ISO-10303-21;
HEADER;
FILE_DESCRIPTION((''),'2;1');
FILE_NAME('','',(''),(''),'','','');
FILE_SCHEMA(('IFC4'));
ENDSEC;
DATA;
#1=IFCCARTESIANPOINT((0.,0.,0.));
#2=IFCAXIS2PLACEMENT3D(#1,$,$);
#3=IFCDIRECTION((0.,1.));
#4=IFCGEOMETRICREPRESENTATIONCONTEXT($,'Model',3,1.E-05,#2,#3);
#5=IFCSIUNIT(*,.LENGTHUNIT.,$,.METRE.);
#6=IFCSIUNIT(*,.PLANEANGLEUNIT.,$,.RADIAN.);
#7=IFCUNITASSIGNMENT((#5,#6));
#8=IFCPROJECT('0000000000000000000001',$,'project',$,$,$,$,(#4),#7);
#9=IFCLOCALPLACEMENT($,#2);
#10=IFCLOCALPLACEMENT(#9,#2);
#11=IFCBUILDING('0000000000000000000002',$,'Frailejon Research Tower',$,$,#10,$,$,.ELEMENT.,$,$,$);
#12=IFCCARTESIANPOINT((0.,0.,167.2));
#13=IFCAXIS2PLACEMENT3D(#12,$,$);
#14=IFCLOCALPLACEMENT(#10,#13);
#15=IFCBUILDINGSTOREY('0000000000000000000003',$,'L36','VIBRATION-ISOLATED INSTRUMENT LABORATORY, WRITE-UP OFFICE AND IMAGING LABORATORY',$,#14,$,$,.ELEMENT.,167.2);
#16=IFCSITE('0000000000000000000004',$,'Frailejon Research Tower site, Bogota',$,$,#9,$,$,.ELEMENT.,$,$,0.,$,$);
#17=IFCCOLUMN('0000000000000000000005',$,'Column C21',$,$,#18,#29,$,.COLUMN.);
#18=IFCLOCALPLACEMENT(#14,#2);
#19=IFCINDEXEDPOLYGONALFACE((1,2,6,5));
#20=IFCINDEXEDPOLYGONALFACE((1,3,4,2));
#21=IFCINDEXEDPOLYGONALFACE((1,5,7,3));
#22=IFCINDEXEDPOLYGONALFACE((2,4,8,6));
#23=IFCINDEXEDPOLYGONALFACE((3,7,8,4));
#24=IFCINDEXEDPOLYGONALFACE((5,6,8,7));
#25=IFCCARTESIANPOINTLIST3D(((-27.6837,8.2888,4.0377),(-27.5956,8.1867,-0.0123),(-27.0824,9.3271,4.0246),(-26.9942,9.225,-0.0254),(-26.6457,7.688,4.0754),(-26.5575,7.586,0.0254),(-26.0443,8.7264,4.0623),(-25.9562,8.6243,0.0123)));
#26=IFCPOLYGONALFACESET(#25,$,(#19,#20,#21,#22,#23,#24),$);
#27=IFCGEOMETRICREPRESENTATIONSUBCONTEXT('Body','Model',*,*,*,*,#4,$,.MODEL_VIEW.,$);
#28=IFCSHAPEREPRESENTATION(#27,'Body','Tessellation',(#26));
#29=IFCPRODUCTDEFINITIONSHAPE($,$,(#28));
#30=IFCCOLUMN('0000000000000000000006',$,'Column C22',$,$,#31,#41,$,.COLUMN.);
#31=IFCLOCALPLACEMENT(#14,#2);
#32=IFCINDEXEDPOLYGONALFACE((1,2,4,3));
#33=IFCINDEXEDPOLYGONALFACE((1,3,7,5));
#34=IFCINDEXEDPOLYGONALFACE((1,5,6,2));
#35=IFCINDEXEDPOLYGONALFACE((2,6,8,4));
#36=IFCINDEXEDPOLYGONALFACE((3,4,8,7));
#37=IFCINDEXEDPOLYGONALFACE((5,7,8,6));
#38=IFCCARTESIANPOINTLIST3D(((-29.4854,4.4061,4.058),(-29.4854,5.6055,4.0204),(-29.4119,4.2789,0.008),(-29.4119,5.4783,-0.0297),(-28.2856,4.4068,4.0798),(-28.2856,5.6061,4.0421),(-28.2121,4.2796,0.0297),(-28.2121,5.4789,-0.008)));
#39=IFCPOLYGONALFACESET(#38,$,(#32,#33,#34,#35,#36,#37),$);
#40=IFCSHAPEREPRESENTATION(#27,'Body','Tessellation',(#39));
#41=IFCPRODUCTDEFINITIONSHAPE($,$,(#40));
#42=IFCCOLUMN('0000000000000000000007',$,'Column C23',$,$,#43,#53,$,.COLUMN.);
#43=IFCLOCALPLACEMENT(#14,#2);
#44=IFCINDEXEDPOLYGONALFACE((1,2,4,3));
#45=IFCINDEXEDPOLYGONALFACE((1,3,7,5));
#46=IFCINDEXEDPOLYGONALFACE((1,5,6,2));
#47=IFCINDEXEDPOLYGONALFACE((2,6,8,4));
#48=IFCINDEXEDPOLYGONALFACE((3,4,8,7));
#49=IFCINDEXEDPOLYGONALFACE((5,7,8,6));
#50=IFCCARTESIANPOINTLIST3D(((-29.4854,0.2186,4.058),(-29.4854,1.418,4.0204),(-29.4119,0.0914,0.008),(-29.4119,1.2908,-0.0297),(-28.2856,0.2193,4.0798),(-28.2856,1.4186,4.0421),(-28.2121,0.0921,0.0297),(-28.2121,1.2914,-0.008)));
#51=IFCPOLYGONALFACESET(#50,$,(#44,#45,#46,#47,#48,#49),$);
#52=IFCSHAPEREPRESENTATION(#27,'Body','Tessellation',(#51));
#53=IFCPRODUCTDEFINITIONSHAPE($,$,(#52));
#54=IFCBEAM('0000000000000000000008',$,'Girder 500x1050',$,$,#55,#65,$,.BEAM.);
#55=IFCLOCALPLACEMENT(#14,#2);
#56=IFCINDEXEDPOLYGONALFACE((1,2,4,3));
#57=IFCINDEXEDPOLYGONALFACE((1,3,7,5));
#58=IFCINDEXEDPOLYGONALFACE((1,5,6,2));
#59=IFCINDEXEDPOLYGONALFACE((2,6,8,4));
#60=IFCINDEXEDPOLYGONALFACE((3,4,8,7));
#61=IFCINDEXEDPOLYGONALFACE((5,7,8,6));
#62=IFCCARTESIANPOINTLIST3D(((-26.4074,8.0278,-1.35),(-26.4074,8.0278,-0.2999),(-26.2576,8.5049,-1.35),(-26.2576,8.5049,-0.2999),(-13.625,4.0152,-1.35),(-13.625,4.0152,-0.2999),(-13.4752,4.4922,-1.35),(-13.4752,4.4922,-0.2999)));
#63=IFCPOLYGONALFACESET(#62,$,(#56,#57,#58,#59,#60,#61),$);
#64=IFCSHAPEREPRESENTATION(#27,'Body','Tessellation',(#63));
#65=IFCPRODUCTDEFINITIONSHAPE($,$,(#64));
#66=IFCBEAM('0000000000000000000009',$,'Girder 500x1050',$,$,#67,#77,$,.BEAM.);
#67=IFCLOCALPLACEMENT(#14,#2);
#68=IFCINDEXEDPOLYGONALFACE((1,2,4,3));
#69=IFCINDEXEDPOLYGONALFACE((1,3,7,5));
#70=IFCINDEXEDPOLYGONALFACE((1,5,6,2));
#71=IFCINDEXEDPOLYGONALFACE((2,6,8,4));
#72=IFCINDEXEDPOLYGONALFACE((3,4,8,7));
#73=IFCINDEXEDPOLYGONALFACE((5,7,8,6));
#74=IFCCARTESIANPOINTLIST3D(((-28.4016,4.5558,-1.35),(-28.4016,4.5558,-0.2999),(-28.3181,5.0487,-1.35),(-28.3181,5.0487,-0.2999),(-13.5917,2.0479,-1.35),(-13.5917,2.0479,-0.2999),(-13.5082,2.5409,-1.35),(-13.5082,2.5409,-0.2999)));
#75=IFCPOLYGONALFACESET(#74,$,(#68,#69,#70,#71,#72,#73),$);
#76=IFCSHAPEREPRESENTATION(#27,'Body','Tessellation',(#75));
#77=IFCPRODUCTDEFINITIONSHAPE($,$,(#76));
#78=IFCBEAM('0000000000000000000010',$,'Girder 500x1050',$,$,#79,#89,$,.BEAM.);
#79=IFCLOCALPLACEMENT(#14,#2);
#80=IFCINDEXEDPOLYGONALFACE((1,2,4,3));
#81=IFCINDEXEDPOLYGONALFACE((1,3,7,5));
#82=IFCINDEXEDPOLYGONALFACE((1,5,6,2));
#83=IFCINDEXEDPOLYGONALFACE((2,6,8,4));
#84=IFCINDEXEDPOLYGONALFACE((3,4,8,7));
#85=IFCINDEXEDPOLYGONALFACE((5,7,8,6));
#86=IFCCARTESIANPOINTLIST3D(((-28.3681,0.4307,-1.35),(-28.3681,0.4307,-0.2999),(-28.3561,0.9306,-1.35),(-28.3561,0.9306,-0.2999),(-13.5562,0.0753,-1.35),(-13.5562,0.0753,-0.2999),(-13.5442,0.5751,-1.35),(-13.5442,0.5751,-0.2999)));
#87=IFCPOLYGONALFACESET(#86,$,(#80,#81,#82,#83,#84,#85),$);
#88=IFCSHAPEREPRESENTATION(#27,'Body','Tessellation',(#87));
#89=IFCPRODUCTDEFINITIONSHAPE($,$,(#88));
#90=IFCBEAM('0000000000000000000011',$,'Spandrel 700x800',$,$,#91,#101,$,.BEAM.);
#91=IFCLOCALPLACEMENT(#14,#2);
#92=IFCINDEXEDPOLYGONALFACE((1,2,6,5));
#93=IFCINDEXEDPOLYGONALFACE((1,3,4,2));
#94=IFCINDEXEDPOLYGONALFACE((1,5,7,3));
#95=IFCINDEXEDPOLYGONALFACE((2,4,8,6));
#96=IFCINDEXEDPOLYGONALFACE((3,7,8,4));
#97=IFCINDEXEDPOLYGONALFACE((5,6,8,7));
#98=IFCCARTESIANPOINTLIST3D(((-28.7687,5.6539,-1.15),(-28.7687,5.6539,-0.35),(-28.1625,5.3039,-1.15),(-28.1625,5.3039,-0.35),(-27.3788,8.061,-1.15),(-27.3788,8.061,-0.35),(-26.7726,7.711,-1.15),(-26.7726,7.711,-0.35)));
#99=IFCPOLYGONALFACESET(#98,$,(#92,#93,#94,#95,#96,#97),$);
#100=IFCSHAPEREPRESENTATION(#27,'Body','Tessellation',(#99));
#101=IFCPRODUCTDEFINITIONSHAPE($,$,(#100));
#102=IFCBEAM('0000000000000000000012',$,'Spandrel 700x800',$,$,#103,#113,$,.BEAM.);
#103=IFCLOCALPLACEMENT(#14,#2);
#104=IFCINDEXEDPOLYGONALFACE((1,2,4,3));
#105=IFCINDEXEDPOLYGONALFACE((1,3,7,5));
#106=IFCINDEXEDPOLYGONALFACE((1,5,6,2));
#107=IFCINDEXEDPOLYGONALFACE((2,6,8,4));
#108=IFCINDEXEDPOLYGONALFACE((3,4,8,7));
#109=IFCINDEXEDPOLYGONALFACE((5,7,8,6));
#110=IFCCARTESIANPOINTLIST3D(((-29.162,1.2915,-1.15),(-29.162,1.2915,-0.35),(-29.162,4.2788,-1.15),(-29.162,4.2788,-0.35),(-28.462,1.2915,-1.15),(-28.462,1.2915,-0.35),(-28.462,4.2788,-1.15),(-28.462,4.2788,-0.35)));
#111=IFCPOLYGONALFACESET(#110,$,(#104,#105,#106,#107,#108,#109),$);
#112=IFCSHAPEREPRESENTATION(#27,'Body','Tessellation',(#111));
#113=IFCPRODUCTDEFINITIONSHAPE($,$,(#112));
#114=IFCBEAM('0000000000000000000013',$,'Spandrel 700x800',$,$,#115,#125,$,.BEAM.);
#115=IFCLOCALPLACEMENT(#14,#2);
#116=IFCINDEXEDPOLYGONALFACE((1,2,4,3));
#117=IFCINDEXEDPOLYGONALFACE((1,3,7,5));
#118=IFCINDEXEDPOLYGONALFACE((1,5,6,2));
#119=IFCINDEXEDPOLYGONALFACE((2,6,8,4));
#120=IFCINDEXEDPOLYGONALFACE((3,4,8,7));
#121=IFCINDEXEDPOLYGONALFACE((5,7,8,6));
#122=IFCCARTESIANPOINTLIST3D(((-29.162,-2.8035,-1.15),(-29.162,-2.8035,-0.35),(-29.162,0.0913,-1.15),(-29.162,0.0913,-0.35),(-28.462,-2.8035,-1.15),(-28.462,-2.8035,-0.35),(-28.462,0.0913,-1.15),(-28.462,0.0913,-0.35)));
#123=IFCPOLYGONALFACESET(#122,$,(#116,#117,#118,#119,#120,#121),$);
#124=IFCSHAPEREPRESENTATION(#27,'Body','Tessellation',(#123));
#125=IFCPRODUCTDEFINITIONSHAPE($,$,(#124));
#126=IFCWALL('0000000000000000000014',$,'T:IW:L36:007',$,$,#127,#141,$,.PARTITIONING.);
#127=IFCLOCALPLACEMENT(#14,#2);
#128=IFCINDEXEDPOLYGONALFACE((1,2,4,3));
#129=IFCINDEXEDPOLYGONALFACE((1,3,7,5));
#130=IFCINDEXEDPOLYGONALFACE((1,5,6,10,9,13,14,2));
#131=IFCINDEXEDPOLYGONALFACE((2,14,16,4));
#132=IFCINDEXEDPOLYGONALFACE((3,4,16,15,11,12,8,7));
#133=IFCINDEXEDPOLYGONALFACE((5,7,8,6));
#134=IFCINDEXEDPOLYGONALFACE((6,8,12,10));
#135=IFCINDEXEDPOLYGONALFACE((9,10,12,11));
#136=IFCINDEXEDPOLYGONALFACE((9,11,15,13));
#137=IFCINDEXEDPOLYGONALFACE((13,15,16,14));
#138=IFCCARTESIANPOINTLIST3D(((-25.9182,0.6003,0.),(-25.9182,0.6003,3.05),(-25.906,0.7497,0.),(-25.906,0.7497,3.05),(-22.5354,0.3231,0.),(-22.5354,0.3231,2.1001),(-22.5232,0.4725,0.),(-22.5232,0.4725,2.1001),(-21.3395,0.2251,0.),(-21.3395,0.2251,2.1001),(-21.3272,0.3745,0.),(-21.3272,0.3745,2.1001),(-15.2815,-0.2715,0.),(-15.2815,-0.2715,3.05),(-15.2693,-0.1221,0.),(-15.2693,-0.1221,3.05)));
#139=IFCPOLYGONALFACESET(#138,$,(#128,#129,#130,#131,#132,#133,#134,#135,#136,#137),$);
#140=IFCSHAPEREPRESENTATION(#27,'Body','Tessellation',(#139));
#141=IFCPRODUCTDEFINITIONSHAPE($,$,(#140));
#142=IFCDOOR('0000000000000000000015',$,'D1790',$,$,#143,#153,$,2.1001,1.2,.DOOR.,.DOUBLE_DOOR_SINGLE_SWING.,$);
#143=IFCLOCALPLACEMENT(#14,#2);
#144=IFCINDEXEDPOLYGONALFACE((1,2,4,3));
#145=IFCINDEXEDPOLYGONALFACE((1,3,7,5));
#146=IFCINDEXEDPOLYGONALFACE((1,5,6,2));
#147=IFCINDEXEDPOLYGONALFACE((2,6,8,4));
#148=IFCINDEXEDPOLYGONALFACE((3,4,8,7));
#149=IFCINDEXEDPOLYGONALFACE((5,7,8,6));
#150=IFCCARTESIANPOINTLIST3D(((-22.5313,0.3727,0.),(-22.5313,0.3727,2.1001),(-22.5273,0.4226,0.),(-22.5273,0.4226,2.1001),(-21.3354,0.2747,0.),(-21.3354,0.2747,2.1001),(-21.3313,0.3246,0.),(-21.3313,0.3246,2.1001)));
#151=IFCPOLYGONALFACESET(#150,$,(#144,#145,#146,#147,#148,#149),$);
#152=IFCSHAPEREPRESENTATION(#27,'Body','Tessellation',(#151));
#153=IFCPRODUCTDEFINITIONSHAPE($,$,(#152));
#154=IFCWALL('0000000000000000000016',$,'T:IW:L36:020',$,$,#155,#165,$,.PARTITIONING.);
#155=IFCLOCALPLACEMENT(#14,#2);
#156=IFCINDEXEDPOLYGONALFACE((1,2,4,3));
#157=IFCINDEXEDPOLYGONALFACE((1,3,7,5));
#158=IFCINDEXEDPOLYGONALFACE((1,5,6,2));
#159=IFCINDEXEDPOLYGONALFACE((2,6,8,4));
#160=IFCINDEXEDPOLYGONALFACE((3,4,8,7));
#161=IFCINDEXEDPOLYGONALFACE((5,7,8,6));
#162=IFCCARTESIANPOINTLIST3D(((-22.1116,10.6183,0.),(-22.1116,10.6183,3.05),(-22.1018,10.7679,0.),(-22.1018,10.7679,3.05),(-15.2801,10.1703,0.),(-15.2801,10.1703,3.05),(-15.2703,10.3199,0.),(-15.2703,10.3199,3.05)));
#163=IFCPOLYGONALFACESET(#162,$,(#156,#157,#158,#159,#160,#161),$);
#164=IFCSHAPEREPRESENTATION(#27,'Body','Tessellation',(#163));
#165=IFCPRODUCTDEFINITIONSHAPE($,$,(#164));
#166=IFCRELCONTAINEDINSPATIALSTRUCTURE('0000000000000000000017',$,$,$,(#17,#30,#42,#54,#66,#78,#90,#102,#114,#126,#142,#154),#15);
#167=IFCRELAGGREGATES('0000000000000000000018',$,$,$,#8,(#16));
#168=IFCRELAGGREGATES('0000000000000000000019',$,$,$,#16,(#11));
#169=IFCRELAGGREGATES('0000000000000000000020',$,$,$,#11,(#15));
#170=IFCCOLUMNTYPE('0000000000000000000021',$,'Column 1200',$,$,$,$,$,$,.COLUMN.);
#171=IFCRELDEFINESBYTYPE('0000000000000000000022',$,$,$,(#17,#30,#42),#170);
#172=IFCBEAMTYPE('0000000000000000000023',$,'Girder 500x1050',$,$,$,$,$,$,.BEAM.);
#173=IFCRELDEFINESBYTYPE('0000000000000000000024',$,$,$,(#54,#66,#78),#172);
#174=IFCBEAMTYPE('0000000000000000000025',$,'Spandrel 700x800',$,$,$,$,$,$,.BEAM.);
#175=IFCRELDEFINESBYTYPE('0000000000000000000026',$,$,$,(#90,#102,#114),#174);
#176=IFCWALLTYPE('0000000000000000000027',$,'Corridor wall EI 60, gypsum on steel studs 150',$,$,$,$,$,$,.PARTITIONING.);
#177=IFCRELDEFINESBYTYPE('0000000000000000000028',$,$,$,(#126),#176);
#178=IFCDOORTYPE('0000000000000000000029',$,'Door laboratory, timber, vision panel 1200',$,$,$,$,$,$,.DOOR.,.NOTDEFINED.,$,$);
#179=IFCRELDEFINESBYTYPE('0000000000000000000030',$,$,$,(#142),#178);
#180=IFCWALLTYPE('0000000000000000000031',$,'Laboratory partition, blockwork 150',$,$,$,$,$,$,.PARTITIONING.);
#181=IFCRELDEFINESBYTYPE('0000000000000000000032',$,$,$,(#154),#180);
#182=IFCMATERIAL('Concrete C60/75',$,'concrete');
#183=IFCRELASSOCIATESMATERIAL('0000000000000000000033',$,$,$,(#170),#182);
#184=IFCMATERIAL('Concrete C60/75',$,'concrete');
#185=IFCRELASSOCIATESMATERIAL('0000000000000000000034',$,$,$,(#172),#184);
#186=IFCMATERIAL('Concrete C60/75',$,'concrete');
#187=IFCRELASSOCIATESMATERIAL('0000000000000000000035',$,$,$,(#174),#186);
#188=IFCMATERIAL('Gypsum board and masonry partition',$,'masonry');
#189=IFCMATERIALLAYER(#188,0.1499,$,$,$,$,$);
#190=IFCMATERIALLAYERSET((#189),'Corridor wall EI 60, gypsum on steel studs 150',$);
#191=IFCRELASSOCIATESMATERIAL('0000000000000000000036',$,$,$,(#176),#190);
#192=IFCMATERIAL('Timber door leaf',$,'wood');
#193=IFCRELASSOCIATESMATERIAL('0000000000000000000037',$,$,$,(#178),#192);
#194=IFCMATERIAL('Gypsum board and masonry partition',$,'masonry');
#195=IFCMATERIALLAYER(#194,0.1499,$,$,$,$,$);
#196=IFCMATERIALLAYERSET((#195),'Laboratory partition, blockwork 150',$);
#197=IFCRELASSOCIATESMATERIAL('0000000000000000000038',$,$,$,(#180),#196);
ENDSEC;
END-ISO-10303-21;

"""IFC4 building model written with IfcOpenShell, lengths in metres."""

from ifc_helpers import new_model, si_unit, direction, frame, frame_2d, origin, origin_2d, place, context, subcontext, project, spatial, rectangle, extrude, material, layer, layer_set, material_profile, profile_set, type_object, element, fill, save


model = new_model("IFC4")

# Units and contexts
model_context = context("Model", 3, precision=1e-05, world=origin(), true_north=direction((0.0, 1.0)))
body_context = subcontext(model_context, "Body", "Model", "MODEL_VIEW")
ifc_project = project(units=[si_unit("LENGTHUNIT", "METRE"), si_unit("PLANEANGLEUNIT", "RADIAN")], contexts=[model_context])

# Site, building, storey
site_placement = place(None, origin())
site = spatial("IfcSite", under=ifc_project, at=site_placement, Name="Frailejon Research Tower site, Bogota", CompositionType="ELEMENT", RefElevation=0.0)
building_placement = place(site_placement, origin())
building = spatial("IfcBuilding", under=site, at=building_placement, Name="Frailejon Research Tower", CompositionType="ELEMENT")
storey_placement = place(building_placement, frame((0.0, 0.0, 167.2)))
storey = spatial("IfcBuildingStorey", under=building, at=storey_placement, Name="L36", Description="VIBRATION-ISOLATED INSTRUMENT LABORATORY, WRITE-UP OFFICE AND IMAGING LABORATORY", CompositionType="ELEMENT", Elevation=167.2)

# Columns
ifc_material_1 = material(Name="Concrete C60/75", Category="concrete")
ifc_material_profile_1 = material_profile(ifc_material_1, rectangle(XDim=1.2, YDim=1.2, at=origin_2d()), Name="Column 1200")
ifc_profile_set_1 = profile_set([ifc_material_profile_1], Name="Concrete C60/75")
column_type = type_object("IfcColumnType", Name="Column 1200", PredefinedType="COLUMN", material=ifc_profile_set_1)
column_placement = place(storey_placement, frame((-26.7759, 8.4055, 0.0), z_axis=(-0.021749, 0.025183, 0.999446), x_axis=(-0.501142, -0.865297, 0.010898)))
element("IfcColumn", 1, at=column_placement, inside=storey, type_object=column_type, Name="Column C21", PredefinedType="COLUMN", context=body_context, shape_type="SweptSolid", body=[
    extrude(rectangle(XDim=1.2, YDim=1.2, at=origin_2d()), origin(), (0.0, 0.0, 1.0), 4.0522),
])
for number, where, z_axis, x_axis, name in (
    (2, (-28.812, 4.8789, 0.0), (-0.018133, 0.031386, 0.999343), (-0.000022, -0.999507, 0.03139), "Column C22"),
    (3, (-28.812, 0.6914, 0.0), (-0.018133, 0.031386, 0.999343), (-0.000022, -0.999507, 0.03139), "Column C23"),
):
    element("IfcColumn", number, at=place(storey_placement, frame(where, z_axis=z_axis, x_axis=x_axis)), inside=storey, type_object=column_type, Name=name, PredefinedType="COLUMN", context=body_context, shape_type="SweptSolid", body=[
        extrude(rectangle(XDim=1.2, YDim=1.2, at=origin_2d()), origin(), (0.0, 0.0, 1.0), 4.0527),
    ])

# Beams
ifc_material_2 = material(Name="Concrete C60/75", Category="concrete")
ifc_material_profile_2 = material_profile(ifc_material_2, rectangle(XDim=0.5, YDim=1.05, at=origin_2d()), Name="Girder 500x1050")
ifc_profile_set_2 = profile_set([ifc_material_profile_2], Name="Concrete C60/75")
beam_type_1 = type_object("IfcBeamType", Name="Girder 500x1050", PredefinedType="BEAM", material=ifc_profile_set_2)
beam_1_placement = place(storey_placement, frame((-26.3325, 8.2664, -0.825), z_axis=(0.954093, -0.299511, 0.0), x_axis=(0.299511, 0.954093, 0.0)))
element("IfcBeam", 4, at=beam_1_placement, inside=storey, type_object=beam_type_1, Name="Girder 500x1050", PredefinedType="BEAM", context=body_context, shape_type="SweptSolid", body=[
    extrude(rectangle(XDim=0.5, YDim=1.05, at=origin_2d()), origin(), (0.0, 0.0, 1.0), 13.3975),
])
beam_2_placement = place(storey_placement, frame((-28.3599, 4.8022, -0.825), z_axis=(0.985964, -0.166958, 0.0), x_axis=(0.166958, 0.985964, 0.0)))
element("IfcBeam", 5, at=beam_2_placement, inside=storey, type_object=beam_type_1, Name="Girder 500x1050", PredefinedType="BEAM", context=body_context, shape_type="SweptSolid", body=[
    extrude(rectangle(XDim=0.5, YDim=1.05, at=origin_2d()), origin(), (0.0, 0.0, 1.0), 15.0208),
])
beam_3_placement = place(storey_placement, frame((-28.3621, 0.6807, -0.825), z_axis=(0.999712, -0.023992, 0.0), x_axis=(0.023992, 0.999712, 0.0)))
element("IfcBeam", 6, at=beam_3_placement, inside=storey, type_object=beam_type_1, Name="Girder 500x1050", PredefinedType="BEAM", context=body_context, shape_type="SweptSolid", body=[
    extrude(rectangle(XDim=0.5, YDim=1.05, at=origin_2d()), origin(), (0.0, 0.0, 1.0), 14.8162),
])
ifc_material_3 = material(Name="Concrete C60/75", Category="concrete")
ifc_material_profile_3 = material_profile(ifc_material_3, rectangle(XDim=0.7, YDim=0.8, at=origin_2d()), Name="Spandrel 700x800")
ifc_profile_set_3 = profile_set([ifc_material_profile_3], Name="Concrete C60/75")
beam_type_2 = type_object("IfcBeamType", Name="Spandrel 700x800", PredefinedType="BEAM", material=ifc_profile_set_3)
beam_4_placement = place(storey_placement, frame((-27.0757, 7.886, -0.75), z_axis=(-0.50006, -0.865991, 0.0), x_axis=(0.865991, -0.50006, 0.0)))
element("IfcBeam", 7, at=beam_4_placement, inside=storey, type_object=beam_type_2, Name="Spandrel 700x800", PredefinedType="BEAM", context=body_context, shape_type="SweptSolid", body=[
    extrude(rectangle(XDim=0.7, YDim=0.8, at=origin_2d()), origin(), (0.0, 0.0, 1.0), 2.7795),
])
beam_5_placement = place(storey_placement, frame((-28.812, 4.2788, -0.75), z_axis=(0.0, -1.0, 0.0), x_axis=(1.0, 0.0, 0.0)))
element("IfcBeam", 8, at=beam_5_placement, inside=storey, type_object=beam_type_2, Name="Spandrel 700x800", PredefinedType="BEAM", context=body_context, shape_type="SweptSolid", body=[
    extrude(rectangle(XDim=0.7, YDim=0.8, at=origin_2d()), origin(), (0.0, 0.0, 1.0), 2.9873),
])
beam_6_placement = place(storey_placement, frame((-28.812, 0.0913, -0.75), z_axis=(0.0, -1.0, 0.0), x_axis=(1.0, 0.0, 0.0)))
element("IfcBeam", 9, at=beam_6_placement, inside=storey, type_object=beam_type_2, Name="Spandrel 700x800", PredefinedType="BEAM", context=body_context, shape_type="SweptSolid", body=[
    extrude(rectangle(XDim=0.7, YDim=0.8, at=origin_2d()), origin(), (0.0, 0.0, 1.0), 2.8948),
])

# Wall, opening, door
ifc_material_4 = material(Name="Gypsum board and masonry partition", Category="masonry")
ifc_layer_1 = layer(ifc_material_4, 0.1499)
ifc_layer_set_1 = layer_set([ifc_layer_1], Name="Corridor wall EI 60, gypsum on steel studs 150")
wall_type_1 = type_object("IfcWallType", Name="Corridor wall EI 60, gypsum on steel studs 150", PredefinedType="PARTITIONING", material=ifc_layer_set_1)
wall_1_placement = place(storey_placement, frame((-25.9121, 0.675, 0.0), z_axis=(0.0, 0.0, 1.0), x_axis=(0.996658, -0.08169, 0.0)))
wall_1 = element("IfcWall", 10, at=wall_1_placement, inside=storey, type_object=wall_type_1, Name="T:IW:L36:007", PredefinedType="PARTITIONING", context=body_context, shape_type="SweptSolid", body=[
    extrude(rectangle(XDim=10.6724, YDim=0.1499, at=frame_2d((5.3362, 0.0))), origin(), (0.0, 0.0, 1.0), 3.05),
])
opening_1_placement = place(wall_1_placement, frame((3.394, 0.0, 0.0)))
opening_1 = element("IfcOpeningElement", 11, at=opening_1_placement, cuts=wall_1, PredefinedType="OPENING", context=body_context, shape_type="SweptSolid", body=[
    extrude(rectangle(XDim=1.2, YDim=2.1001, at=frame_2d((0.6001, 1.05))), frame((0.0, 0.085, 0.0), z_axis=(0.0, -1.0, 0.0), x_axis=(1.0, 0.0, 0.0)), (0.0, 0.0, 1.0), 0.1699),
])
ifc_material_5 = material(Name="Timber door leaf", Category="wood")
door_type_1 = type_object("IfcDoorType", Name="Door laboratory, timber, vision panel 1200", OperationType="NOTDEFINED", PredefinedType="DOOR", material=ifc_material_5)
door_1_placement = place(opening_1_placement, origin())
door_1 = element("IfcDoor", 12, at=door_1_placement, inside=storey, type_object=door_type_1, Name="D1790", OperationType="DOUBLE_DOOR_SINGLE_SWING", OverallHeight=2.1001, OverallWidth=1.2, PredefinedType="DOOR", context=body_context, shape_type="SweptSolid", body=[
    extrude(rectangle(XDim=1.2, YDim=2.1001, at=frame_2d((0.6001, 1.05))), frame((0.0, 0.0249, 0.0), z_axis=(0.0, -1.0, 0.0), x_axis=(1.0, 0.0, 0.0)), (0.0, 0.0, 1.0), 0.05),
])
fill(opening_1, door_1)

# Wall
ifc_material_6 = material(Name="Gypsum board and masonry partition", Category="masonry")
ifc_layer_2 = layer(ifc_material_6, 0.1499)
ifc_layer_set_2 = layer_set([ifc_layer_2], Name="Laboratory partition, blockwork 150")
wall_type_2 = type_object("IfcWallType", Name="Laboratory partition, blockwork 150", PredefinedType="PARTITIONING", material=ifc_layer_set_2)
wall_2_placement = place(storey_placement, frame((-22.1067, 10.6931, 0.0), z_axis=(0.0, 0.0, 1.0), x_axis=(0.997857, -0.065437, 0.0)))
element("IfcWall", 13, at=wall_2_placement, inside=storey, type_object=wall_type_2, Name="T:IW:L36:020", PredefinedType="PARTITIONING", context=body_context, shape_type="SweptSolid", body=[
    extrude(rectangle(XDim=6.8462, YDim=0.1499, at=frame_2d((3.4231, 0.0))), origin(), (0.0, 0.0, 1.0), 3.05),
])

save(model, "model.ifc")
